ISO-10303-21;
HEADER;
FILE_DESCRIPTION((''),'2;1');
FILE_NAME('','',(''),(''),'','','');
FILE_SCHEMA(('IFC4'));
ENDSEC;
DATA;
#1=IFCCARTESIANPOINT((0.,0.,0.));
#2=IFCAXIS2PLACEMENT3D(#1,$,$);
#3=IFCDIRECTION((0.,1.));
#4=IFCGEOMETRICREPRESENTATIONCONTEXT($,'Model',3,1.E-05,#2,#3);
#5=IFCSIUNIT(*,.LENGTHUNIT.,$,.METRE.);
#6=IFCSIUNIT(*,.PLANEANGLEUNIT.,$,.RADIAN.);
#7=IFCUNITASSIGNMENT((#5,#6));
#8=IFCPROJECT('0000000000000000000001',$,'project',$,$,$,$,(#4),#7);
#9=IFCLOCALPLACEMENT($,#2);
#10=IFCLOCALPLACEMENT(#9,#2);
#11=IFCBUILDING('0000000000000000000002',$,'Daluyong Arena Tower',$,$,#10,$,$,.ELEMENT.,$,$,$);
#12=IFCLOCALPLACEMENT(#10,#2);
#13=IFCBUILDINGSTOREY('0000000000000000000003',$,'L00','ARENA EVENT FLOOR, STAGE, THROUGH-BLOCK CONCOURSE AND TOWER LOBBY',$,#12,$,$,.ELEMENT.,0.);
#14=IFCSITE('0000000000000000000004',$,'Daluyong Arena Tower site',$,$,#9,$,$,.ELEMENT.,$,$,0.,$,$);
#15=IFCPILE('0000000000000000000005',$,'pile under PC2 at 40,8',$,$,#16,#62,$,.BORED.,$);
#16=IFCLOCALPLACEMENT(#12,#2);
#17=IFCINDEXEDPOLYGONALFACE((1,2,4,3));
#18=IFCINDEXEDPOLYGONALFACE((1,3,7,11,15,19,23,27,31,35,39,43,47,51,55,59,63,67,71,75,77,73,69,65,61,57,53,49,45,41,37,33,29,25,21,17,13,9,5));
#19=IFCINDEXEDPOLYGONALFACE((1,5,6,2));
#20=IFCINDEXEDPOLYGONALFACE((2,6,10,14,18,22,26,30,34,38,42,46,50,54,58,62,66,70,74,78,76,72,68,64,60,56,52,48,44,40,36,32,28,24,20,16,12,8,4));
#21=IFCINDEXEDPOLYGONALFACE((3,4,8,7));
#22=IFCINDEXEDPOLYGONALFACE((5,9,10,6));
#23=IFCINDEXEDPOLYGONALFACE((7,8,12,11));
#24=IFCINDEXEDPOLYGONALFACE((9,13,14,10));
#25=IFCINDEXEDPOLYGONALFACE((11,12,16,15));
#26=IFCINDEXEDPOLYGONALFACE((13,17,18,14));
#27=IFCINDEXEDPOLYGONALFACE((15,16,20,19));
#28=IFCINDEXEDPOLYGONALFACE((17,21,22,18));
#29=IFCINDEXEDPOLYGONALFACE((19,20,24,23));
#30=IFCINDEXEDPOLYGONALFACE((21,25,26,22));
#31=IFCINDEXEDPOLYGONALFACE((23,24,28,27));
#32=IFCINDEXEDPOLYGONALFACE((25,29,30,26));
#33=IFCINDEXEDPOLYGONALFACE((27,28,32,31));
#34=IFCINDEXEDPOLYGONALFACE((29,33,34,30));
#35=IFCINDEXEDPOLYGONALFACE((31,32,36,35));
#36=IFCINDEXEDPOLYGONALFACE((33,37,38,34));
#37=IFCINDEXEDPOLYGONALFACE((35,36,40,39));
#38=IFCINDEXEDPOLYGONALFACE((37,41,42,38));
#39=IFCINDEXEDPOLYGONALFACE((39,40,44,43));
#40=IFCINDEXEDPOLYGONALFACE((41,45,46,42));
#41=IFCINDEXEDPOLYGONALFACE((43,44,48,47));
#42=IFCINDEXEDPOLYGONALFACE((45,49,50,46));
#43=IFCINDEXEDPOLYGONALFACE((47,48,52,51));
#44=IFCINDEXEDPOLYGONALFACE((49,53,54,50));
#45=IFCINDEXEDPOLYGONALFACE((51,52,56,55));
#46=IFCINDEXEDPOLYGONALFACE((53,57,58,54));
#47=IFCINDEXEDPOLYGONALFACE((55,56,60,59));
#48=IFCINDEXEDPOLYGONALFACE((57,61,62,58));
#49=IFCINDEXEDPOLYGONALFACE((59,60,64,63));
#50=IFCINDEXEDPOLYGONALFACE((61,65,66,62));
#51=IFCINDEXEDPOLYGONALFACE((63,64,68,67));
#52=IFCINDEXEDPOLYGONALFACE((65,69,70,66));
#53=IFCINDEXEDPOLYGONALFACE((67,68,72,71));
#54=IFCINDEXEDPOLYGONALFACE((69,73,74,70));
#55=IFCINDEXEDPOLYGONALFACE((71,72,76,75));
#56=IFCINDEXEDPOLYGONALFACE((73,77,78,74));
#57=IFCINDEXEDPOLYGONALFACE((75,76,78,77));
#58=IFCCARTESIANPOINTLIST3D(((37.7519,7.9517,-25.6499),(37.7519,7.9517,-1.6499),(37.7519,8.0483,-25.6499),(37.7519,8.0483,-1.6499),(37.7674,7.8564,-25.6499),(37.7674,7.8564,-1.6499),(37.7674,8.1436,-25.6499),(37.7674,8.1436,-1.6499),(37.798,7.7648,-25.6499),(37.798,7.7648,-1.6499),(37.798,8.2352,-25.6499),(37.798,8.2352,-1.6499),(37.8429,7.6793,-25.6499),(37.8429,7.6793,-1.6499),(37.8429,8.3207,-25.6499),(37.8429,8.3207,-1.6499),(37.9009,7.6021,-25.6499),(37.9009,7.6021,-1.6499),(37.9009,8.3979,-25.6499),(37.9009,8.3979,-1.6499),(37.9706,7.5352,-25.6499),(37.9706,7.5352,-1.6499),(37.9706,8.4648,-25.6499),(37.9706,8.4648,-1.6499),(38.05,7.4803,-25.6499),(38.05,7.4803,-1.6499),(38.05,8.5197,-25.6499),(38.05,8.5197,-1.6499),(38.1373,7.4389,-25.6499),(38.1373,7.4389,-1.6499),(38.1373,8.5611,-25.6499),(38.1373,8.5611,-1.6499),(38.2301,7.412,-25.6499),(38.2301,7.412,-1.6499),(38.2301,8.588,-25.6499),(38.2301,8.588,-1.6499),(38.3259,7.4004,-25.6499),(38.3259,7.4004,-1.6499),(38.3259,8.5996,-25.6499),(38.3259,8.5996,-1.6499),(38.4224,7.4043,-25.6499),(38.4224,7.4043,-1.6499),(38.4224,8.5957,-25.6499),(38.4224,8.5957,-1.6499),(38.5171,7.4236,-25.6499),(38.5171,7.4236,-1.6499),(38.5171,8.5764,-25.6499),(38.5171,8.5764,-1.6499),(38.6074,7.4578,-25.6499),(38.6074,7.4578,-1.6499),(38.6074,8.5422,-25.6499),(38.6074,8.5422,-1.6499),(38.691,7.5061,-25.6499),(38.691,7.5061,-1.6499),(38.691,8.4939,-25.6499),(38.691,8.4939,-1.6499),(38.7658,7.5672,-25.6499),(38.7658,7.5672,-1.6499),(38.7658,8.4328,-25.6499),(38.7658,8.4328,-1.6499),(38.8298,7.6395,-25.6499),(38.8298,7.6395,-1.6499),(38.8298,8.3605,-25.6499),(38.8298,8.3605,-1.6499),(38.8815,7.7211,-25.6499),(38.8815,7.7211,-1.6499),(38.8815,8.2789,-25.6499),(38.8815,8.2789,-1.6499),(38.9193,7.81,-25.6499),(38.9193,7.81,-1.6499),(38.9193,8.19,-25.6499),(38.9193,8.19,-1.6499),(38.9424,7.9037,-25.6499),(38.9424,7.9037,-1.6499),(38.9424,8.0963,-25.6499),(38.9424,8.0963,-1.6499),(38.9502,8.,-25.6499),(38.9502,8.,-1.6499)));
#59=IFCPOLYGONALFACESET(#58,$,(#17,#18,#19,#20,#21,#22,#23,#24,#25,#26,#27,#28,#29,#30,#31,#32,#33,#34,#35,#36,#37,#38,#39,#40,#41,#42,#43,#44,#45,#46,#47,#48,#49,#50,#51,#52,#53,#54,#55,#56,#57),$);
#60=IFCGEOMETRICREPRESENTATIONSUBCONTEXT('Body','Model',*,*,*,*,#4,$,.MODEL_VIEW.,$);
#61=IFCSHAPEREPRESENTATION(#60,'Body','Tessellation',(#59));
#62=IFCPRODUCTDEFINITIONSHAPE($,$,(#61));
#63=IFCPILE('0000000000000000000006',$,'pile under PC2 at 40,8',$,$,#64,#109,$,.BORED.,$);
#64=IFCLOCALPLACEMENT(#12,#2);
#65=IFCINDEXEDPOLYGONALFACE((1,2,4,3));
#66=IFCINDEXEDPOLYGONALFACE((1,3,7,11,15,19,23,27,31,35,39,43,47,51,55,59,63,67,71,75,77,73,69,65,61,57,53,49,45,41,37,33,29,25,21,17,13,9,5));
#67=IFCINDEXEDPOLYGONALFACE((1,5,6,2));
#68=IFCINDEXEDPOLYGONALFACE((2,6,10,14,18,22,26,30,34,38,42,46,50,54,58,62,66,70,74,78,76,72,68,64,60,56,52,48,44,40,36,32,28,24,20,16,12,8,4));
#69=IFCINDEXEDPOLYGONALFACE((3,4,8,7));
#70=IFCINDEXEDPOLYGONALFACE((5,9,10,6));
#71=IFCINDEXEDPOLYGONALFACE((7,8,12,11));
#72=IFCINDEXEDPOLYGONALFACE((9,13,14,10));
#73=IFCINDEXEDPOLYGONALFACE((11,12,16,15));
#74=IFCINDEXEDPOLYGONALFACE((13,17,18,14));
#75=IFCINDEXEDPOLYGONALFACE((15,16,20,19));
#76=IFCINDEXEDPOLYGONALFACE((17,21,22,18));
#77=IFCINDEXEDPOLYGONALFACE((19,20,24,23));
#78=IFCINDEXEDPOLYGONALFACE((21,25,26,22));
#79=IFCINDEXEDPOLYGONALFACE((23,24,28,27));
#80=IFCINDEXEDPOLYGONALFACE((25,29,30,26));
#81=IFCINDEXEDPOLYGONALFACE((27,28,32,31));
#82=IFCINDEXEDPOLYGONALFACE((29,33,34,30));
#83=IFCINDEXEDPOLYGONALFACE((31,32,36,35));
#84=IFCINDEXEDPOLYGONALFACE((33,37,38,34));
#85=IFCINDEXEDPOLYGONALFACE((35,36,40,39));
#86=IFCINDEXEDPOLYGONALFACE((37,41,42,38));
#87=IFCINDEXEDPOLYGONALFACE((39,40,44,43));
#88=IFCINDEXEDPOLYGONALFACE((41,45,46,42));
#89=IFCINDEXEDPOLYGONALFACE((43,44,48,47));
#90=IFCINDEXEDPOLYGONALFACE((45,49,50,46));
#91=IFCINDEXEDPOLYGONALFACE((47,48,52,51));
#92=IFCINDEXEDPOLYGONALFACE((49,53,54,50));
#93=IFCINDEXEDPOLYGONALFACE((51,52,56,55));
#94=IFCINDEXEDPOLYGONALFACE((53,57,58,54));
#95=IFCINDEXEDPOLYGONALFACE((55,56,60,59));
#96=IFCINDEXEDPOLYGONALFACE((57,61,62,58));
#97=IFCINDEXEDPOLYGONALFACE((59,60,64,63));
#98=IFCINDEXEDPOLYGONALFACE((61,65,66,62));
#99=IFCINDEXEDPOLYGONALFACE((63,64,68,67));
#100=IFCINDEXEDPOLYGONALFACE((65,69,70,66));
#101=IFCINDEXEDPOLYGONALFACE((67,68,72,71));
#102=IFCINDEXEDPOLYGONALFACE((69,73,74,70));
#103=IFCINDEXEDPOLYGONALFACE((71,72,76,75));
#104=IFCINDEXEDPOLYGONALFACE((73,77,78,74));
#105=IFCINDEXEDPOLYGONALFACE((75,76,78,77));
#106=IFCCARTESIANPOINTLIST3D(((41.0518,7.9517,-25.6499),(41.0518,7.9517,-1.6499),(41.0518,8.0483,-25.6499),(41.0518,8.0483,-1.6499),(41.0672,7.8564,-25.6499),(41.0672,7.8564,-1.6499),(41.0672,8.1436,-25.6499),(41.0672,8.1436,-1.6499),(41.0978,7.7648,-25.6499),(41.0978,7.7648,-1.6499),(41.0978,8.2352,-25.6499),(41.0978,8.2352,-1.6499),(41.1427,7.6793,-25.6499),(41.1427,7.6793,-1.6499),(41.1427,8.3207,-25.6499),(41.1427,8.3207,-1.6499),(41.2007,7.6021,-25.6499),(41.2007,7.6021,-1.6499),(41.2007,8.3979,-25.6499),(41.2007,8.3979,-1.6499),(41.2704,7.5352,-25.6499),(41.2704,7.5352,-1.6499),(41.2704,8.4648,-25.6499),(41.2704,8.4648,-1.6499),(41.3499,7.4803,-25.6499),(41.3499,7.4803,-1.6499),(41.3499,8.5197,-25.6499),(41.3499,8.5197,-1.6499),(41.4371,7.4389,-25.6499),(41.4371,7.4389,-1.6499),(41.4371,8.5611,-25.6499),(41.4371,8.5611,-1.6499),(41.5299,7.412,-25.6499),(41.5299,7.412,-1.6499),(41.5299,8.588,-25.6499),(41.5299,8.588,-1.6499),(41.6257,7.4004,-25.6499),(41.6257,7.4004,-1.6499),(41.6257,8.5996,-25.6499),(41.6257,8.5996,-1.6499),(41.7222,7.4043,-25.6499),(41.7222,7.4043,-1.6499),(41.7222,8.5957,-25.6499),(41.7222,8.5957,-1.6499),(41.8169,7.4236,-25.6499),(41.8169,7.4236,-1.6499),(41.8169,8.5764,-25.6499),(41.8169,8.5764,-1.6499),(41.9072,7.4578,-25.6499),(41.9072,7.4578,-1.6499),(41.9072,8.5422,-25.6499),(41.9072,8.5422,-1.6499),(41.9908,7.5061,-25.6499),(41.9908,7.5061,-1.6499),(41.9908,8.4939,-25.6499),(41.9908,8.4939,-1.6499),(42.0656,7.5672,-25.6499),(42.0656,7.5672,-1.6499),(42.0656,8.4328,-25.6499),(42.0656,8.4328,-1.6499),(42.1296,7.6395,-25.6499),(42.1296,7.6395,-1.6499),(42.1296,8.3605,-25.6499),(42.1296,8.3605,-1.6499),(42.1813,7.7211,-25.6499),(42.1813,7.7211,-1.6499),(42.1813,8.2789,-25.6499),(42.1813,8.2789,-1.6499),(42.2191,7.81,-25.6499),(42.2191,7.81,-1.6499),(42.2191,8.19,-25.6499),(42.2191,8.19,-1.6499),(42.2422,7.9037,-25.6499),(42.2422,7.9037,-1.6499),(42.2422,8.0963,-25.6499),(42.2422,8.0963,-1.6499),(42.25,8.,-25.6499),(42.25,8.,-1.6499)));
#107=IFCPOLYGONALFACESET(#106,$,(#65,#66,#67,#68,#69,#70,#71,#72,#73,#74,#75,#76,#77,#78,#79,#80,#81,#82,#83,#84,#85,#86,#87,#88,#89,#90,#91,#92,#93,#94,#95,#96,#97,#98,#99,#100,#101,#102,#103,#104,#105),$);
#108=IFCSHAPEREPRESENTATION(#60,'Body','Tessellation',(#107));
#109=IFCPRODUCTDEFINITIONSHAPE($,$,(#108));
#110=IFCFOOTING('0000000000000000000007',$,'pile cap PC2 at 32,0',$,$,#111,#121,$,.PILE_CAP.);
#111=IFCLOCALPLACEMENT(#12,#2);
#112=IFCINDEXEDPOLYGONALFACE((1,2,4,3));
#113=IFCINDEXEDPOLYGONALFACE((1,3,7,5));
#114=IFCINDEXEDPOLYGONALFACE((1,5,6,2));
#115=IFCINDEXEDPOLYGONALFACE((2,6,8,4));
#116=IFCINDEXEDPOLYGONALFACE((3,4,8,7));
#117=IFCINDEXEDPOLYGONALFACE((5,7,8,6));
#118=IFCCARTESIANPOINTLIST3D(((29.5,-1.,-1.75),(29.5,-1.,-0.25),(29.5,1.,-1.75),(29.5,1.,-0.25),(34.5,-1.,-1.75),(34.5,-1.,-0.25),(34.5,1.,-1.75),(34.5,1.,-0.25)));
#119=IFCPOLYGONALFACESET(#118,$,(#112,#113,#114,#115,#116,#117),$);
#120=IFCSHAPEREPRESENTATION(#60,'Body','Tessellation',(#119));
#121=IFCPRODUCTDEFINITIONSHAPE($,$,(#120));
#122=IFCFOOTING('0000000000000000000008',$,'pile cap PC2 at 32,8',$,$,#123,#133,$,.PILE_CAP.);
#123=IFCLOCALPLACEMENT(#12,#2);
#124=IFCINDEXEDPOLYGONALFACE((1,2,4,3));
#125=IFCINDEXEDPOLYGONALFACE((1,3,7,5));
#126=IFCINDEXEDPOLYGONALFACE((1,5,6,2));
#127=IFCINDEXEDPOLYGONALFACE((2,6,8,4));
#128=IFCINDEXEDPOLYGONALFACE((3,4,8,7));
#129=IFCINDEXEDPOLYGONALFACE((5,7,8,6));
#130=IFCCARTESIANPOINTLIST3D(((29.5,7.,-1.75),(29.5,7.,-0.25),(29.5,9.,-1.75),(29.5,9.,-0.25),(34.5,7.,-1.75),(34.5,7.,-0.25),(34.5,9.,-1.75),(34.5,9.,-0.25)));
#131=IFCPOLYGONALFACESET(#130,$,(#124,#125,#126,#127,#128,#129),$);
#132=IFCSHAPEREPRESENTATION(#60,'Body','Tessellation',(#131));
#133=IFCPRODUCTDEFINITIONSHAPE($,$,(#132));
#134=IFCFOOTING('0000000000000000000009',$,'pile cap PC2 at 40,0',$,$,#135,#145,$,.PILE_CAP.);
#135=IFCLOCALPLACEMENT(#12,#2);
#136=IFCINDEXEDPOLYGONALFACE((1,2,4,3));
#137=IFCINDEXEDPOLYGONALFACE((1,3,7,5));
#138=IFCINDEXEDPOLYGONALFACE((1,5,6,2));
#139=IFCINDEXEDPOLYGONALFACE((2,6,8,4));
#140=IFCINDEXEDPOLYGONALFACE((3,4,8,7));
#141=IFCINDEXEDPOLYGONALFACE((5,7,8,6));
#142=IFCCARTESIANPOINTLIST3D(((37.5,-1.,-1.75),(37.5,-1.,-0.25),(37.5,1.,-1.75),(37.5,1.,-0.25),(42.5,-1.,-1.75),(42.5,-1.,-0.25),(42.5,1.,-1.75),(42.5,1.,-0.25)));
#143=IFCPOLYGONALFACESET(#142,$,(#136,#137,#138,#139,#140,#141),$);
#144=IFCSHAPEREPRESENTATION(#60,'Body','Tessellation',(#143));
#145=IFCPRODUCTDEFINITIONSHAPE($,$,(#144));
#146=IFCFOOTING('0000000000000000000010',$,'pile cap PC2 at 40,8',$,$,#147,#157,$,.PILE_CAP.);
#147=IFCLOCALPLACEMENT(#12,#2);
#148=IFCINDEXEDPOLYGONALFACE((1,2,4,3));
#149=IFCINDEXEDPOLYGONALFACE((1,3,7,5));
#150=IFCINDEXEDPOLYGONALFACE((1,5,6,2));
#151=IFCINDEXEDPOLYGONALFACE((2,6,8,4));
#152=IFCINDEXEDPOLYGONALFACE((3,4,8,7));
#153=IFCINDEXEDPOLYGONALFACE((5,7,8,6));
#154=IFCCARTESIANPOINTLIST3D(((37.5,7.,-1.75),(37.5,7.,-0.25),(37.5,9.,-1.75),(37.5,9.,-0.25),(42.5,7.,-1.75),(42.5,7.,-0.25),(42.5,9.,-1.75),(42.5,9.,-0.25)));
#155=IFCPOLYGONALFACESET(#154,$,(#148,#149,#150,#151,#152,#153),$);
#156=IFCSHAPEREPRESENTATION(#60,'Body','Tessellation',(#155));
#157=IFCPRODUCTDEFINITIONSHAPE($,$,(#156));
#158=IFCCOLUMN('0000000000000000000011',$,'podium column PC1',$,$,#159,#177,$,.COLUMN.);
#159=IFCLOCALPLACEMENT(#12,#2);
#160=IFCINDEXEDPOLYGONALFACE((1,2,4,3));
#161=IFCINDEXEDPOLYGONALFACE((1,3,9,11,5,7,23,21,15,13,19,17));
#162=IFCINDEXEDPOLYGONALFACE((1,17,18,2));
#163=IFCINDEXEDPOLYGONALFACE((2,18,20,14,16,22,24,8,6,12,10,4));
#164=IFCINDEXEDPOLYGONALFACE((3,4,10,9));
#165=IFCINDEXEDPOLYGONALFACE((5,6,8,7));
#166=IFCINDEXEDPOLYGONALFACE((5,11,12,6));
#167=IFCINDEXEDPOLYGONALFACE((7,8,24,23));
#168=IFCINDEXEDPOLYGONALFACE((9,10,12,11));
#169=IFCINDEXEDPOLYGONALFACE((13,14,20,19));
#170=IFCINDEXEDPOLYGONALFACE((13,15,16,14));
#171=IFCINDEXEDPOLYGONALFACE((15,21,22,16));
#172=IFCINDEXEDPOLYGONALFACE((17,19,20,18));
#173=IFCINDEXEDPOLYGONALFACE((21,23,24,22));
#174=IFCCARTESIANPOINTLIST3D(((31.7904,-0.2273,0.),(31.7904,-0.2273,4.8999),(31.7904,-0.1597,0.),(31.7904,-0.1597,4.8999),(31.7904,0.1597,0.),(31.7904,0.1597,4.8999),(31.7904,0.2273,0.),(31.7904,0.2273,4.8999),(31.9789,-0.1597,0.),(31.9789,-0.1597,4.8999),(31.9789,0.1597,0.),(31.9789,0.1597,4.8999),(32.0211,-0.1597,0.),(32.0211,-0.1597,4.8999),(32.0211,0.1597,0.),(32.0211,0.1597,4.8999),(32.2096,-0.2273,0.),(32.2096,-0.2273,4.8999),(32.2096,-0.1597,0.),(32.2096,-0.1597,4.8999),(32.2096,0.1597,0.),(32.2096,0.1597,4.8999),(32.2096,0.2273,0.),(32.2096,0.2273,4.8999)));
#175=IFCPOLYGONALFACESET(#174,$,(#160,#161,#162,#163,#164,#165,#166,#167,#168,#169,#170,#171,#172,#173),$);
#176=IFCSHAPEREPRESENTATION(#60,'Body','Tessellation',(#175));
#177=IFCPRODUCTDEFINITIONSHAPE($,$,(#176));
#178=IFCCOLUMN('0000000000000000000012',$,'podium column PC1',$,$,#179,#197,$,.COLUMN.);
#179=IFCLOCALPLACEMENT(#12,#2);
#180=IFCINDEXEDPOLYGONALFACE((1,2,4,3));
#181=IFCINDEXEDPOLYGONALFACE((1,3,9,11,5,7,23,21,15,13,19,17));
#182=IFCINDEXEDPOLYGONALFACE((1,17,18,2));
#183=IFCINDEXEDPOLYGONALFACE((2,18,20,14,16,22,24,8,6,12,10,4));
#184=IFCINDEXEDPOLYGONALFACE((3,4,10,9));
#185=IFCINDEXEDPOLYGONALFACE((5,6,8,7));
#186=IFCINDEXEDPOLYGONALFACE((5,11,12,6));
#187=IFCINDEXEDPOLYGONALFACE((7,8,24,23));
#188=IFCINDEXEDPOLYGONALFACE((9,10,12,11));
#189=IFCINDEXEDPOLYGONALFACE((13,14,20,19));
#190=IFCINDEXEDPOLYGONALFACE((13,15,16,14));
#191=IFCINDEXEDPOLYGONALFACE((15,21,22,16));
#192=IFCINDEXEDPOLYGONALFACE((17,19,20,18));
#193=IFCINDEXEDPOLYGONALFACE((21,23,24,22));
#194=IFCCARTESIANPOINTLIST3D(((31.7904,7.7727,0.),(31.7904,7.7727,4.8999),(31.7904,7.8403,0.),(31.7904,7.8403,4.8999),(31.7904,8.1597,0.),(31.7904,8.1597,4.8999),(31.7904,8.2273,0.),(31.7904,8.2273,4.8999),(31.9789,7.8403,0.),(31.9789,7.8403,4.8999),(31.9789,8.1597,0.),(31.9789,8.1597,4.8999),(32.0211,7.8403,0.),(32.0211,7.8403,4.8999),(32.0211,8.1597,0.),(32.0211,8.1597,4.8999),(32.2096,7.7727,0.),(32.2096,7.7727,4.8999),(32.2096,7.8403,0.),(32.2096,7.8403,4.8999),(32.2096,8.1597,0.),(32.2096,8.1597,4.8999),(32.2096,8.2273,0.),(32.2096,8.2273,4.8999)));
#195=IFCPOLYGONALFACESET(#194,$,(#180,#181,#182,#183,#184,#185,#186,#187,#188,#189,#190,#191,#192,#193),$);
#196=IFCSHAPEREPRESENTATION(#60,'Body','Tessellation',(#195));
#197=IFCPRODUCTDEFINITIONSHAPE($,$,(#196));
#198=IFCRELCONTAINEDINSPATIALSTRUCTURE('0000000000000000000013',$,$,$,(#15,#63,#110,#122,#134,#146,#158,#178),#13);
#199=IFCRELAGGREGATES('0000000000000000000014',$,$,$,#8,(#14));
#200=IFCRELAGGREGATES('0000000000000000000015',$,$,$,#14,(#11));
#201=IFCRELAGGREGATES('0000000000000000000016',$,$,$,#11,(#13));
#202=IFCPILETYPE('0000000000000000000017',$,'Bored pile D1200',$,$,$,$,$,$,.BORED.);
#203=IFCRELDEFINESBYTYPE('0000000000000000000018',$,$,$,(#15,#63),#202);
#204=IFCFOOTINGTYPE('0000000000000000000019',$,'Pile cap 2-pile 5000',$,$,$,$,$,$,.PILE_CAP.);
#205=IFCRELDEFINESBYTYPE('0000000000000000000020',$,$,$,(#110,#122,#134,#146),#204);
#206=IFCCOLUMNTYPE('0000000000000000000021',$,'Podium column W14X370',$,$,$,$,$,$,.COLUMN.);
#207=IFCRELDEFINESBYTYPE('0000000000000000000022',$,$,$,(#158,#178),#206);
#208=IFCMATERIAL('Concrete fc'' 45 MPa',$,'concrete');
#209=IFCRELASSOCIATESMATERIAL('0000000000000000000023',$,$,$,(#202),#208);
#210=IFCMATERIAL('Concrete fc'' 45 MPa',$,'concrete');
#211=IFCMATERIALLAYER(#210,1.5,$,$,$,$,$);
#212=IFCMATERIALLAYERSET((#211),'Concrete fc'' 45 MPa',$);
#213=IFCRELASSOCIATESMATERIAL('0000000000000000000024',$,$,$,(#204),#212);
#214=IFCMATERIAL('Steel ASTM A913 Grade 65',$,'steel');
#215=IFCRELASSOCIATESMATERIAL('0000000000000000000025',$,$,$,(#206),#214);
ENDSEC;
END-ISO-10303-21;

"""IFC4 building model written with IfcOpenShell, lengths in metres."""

from ifc_helpers import new_model, si_unit, direction, frame, origin, origin_2d, place, context, subcontext, project, spatial, rectangle, circle, i_section, extrude, material, layer, layer_set, material_profile, profile_set, type_object, element, save


model = new_model("IFC4")

# Units and contexts
model_context = context("Model", 3, precision=1e-05, world=origin(), true_north=direction((0.0, 1.0)))
body_context = subcontext(model_context, "Body", "Model", "MODEL_VIEW")
ifc_project = project(units=[si_unit("LENGTHUNIT", "METRE"), si_unit("PLANEANGLEUNIT", "RADIAN")], contexts=[model_context])

# Site, building, storey
site_placement = place(None, origin())
site = spatial("IfcSite", under=ifc_project, at=site_placement, Name="Daluyong Arena Tower site", CompositionType="ELEMENT", RefElevation=0.0)
building_placement = place(site_placement, origin())
building = spatial("IfcBuilding", under=site, at=building_placement, Name="Daluyong Arena Tower", CompositionType="ELEMENT")
storey_placement = place(building_placement, origin())
storey = spatial("IfcBuildingStorey", under=building, at=storey_placement, Name="L00", Description="ARENA EVENT FLOOR, STAGE, THROUGH-BLOCK CONCOURSE AND TOWER LOBBY", CompositionType="ELEMENT", Elevation=0.0)

# Piles
ifc_material_1 = material(Name="Concrete fc' 45 MPa", Category="concrete")
pile_type = type_object("IfcPileType", Name="Bored pile D1200", PredefinedType="BORED", material=ifc_material_1)
for number, where, z_axis, x_axis, name in (
    (1, (38.3501, 8.0, -1.6499), (0.0, 0.0, -1.0), (1.0, 0.0, 0.0), "pile under PC2 at 40,8"),
    (2, (41.6499, 8.0, -1.6499), (0.0, 0.0, -1.0), (1.0, 0.0, 0.0), "pile under PC2 at 40,8"),
):
    element("IfcPile", number, at=place(storey_placement, frame(where, z_axis=z_axis, x_axis=x_axis)), inside=storey, type_object=pile_type, Name=name, PredefinedType="BORED", context=body_context, shape_type="SweptSolid", body=[
        extrude(circle(Radius=0.6001, at=origin_2d()), origin(), (0.0, 0.0, 1.0), 24.0),
    ])

# Footings
ifc_material_2 = material(Name="Concrete fc' 45 MPa", Category="concrete")
ifc_layer_1 = layer(ifc_material_2, 1.5)
ifc_layer_set_1 = layer_set([ifc_layer_1], Name="Concrete fc' 45 MPa")
footing_type = type_object("IfcFootingType", Name="Pile cap 2-pile 5000", PredefinedType="PILE_CAP", material=ifc_layer_set_1)
for number, where, z_axis, x_axis, name in (
    (3, (32.0, 0.0, -1.75), (0.0, 0.0, 1.0), (1.0, 0.0, 0.0), "pile cap PC2 at 32,0"),
    (4, (32.0, 8.0, -1.75), (0.0, 0.0, 1.0), (1.0, 0.0, 0.0), "pile cap PC2 at 32,8"),
    (5, (40.0, 0.0, -1.75), (0.0, 0.0, 1.0), (1.0, 0.0, 0.0), "pile cap PC2 at 40,0"),
    (6, (40.0, 8.0, -1.75), (0.0, 0.0, 1.0), (1.0, 0.0, 0.0), "pile cap PC2 at 40,8"),
):
    element("IfcFooting", number, at=place(storey_placement, frame(where, z_axis=z_axis, x_axis=x_axis)), inside=storey, type_object=footing_type, Name=name, PredefinedType="PILE_CAP", context=body_context, shape_type="SweptSolid", body=[
        extrude(rectangle(XDim=5.0, YDim=2.0, at=origin_2d()), origin(), (0.0, 0.0, 1.0), 1.5),
    ])

# Columns
ifc_material_3 = material(Name="Steel ASTM A913 Grade 65", Category="steel")
ifc_material_profile = material_profile(ifc_material_3, i_section(OverallWidth=0.4192, OverallDepth=0.4546, WebThickness=0.0422, FlangeThickness=0.0676, at=origin_2d()))
ifc_profile_set = profile_set([ifc_material_profile], Name="Steel ASTM A913 Grade 65")
column_type = type_object("IfcColumnType", Name="Podium column W14X370", PredefinedType="COLUMN", material=ifc_profile_set)
for number, where, z_axis, x_axis, name in (
    (7, (32.0, 0.0, 0.0), (0.0, 0.0, 1.0), (1.0, 0.0, 0.0), "podium column PC1"),
    (8, (32.0, 8.0, 0.0), (0.0, 0.0, 1.0), (1.0, 0.0, 0.0), "podium column PC1"),
):
    element("IfcColumn", number, at=place(storey_placement, frame(where, z_axis=z_axis, x_axis=x_axis)), inside=storey, type_object=column_type, Name=name, PredefinedType="COLUMN", context=body_context, shape_type="SweptSolid", body=[
        extrude(i_section(OverallWidth=0.4192, OverallDepth=0.4546, WebThickness=0.0422, FlangeThickness=0.0676, at=origin_2d()), origin(), (0.0, 0.0, 1.0), 4.8999),
    ])

save(model, "model.ifc")
